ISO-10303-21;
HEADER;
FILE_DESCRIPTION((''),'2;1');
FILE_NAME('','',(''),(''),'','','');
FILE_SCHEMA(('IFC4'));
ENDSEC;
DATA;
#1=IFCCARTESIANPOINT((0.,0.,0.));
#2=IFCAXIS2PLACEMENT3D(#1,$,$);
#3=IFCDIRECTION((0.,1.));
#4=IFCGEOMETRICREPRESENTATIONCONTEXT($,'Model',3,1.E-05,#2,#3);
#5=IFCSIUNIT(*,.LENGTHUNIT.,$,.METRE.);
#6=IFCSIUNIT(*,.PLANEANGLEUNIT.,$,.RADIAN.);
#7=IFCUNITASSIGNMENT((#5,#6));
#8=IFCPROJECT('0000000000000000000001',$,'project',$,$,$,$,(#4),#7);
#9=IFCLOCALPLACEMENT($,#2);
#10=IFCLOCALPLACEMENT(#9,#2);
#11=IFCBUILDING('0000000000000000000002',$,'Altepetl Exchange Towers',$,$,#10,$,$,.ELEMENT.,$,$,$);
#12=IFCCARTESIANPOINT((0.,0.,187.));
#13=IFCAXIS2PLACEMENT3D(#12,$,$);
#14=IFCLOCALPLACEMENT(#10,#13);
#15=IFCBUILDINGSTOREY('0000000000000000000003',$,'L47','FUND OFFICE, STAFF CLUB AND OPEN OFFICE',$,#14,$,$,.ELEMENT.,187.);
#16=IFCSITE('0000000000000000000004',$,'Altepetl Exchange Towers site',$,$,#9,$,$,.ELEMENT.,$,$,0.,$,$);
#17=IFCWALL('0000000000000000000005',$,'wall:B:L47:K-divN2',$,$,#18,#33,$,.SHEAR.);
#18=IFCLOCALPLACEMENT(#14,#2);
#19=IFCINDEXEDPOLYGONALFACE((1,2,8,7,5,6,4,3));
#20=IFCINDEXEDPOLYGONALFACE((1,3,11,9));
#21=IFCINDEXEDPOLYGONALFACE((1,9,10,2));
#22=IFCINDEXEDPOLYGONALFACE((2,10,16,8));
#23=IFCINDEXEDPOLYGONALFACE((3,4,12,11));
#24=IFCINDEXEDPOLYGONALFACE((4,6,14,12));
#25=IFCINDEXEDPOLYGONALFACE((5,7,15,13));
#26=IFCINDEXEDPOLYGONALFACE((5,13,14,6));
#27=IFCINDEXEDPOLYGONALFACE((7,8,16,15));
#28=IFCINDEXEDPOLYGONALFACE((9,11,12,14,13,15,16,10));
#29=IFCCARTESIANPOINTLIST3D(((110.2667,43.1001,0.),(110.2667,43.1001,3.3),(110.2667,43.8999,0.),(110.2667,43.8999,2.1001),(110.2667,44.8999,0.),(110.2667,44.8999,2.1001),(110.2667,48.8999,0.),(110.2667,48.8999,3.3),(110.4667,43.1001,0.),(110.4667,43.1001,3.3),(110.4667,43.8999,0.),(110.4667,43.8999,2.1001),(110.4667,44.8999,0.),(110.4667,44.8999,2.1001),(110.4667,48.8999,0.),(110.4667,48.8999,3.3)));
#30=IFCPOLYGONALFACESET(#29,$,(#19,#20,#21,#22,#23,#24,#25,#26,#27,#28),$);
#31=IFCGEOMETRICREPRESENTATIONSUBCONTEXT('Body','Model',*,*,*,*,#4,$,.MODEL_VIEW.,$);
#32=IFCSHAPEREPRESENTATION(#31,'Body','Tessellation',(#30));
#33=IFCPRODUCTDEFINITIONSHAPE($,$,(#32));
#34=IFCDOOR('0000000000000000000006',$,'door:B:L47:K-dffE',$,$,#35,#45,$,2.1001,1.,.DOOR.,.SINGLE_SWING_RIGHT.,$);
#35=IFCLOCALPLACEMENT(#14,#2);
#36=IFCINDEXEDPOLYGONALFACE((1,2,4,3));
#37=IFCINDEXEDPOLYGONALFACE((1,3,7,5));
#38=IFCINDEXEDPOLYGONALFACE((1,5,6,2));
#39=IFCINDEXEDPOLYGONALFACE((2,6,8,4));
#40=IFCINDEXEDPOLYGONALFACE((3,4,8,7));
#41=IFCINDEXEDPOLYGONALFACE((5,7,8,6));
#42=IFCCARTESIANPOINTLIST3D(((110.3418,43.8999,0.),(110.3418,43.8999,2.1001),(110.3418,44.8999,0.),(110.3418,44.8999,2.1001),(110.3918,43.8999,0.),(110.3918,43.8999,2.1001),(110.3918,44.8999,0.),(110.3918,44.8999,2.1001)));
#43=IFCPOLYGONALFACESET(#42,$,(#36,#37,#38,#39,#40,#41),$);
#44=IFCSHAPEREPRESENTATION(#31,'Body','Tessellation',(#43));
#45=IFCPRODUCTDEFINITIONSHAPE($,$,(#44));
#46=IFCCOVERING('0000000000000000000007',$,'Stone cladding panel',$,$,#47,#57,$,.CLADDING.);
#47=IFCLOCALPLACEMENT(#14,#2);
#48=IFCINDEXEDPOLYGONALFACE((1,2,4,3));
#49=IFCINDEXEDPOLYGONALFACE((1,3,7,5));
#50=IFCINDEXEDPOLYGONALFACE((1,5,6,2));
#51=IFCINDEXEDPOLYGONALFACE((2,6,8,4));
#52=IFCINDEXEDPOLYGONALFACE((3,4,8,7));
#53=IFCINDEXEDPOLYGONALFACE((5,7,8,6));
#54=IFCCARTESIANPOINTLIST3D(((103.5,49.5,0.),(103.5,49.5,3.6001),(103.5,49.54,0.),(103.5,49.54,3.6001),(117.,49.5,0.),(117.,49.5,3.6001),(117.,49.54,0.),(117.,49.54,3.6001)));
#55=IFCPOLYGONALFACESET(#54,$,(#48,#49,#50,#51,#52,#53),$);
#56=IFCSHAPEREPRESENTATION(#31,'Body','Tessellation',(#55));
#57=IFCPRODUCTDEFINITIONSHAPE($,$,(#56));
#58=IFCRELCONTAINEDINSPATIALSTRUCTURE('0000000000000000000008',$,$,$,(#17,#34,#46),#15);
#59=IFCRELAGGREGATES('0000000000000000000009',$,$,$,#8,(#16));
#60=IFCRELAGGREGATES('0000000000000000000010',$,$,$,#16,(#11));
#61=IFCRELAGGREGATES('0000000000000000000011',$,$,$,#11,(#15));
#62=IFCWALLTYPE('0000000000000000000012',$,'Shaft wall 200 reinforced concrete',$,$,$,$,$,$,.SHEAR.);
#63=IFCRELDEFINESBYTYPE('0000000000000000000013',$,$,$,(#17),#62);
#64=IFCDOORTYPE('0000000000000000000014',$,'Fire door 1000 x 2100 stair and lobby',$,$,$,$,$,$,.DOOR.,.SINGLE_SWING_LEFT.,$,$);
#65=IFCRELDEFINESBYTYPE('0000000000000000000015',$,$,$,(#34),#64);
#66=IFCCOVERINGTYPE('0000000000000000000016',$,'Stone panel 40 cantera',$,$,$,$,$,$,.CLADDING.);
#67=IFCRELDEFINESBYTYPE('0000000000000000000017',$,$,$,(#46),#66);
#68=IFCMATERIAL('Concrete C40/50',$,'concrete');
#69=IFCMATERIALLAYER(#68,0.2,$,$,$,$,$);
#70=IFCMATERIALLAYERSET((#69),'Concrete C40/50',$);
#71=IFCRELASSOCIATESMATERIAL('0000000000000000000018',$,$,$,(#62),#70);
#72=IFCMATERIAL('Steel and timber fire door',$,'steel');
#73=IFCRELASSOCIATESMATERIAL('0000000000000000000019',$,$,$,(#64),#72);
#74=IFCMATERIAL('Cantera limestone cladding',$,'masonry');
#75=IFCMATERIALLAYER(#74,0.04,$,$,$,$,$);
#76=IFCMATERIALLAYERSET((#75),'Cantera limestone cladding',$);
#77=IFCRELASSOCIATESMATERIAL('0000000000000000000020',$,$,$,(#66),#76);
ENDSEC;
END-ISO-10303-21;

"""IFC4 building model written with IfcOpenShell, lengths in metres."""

from ifc_helpers import new_model, si_unit, direction, frame, frame_2d, origin, origin_2d, place, context, subcontext, project, spatial, rectangle, extrude, material, layer, layer_set, type_object, element, fill, save


model = new_model("IFC4")

# Units and contexts
model_context = context("Model", 3, precision=1e-05, world=origin(), true_north=direction((0.0, 1.0)))
body_context = subcontext(model_context, "Body", "Model", "MODEL_VIEW")
ifc_project = project(units=[si_unit("LENGTHUNIT", "METRE"), si_unit("PLANEANGLEUNIT", "RADIAN")], contexts=[model_context])

# Site, building, storey
site_placement = place(None, origin())
site = spatial("IfcSite", under=ifc_project, at=site_placement, Name="Altepetl Exchange Towers site", CompositionType="ELEMENT", RefElevation=0.0)
building_placement = place(site_placement, origin())
building = spatial("IfcBuilding", under=site, at=building_placement, Name="Altepetl Exchange Towers", CompositionType="ELEMENT")
storey_placement = place(building_placement, frame((0.0, 0.0, 187.0)))
storey = spatial("IfcBuildingStorey", under=building, at=storey_placement, Name="L47", Description="FUND OFFICE, STAFF CLUB AND OPEN OFFICE", CompositionType="ELEMENT", Elevation=187.0)

# Shared definitions
ifc_material_1 = material(Name="Concrete C40/50", Category="concrete")
ifc_layer_1 = layer(ifc_material_1, 0.2)
ifc_layer_set_1 = layer_set([ifc_layer_1], Name="Concrete C40/50")
wall_type_1 = type_object("IfcWallType", Name="Shaft wall 200 reinforced concrete", PredefinedType="SHEAR", material=ifc_layer_set_1)

# Wall, opening, door
wall_1_placement = place(storey_placement, frame((110.3667, 48.8999, 0.0), z_axis=(0.0, 0.0, 1.0), x_axis=(0.0, -1.0, 0.0)))
wall_1 = element("IfcWall", 1, at=wall_1_placement, inside=storey, type_object=wall_type_1, Name="wall:B:L47:K-divN2", PredefinedType="SHEAR", context=body_context, shape_type="SweptSolid", body=[
    extrude(rectangle(XDim=5.7998, YDim=0.2, at=frame_2d((2.8999, 0.0))), origin(), (0.0, 0.0, 1.0), 3.3),
])
opening_placement = place(wall_1_placement, frame((4.0, 0.0, 0.0)))
opening = element("IfcOpeningElement", 2, at=opening_placement, cuts=wall_1, PredefinedType="OPENING", context=body_context, shape_type="SweptSolid", body=[
    extrude(rectangle(XDim=1.0, YDim=2.1001, at=frame_2d((0.5, 1.05))), frame((0.0, 0.1099, 0.0), z_axis=(0.0, -1.0, 0.0), x_axis=(1.0, 0.0, 0.0)), (0.0, 0.0, 1.0), 0.22),
])
ifc_material_2 = material(Name="Steel and timber fire door", Category="steel")
door_type = type_object("IfcDoorType", Name="Fire door 1000 x 2100 stair and lobby", OperationType="SINGLE_SWING_LEFT", PredefinedType="DOOR", material=ifc_material_2)
door_placement = place(opening_placement, frame((1.0, 0.0, 0.0), x_axis=(-1.0, 0.0, 0.0)))
door = element("IfcDoor", 3, at=door_placement, inside=storey, type_object=door_type, Name="door:B:L47:K-dffE", OperationType="SINGLE_SWING_RIGHT", OverallHeight=2.1001, OverallWidth=1.0, PredefinedType="DOOR", context=body_context, shape_type="SweptSolid", body=[
    extrude(rectangle(XDim=1.0, YDim=2.1001, at=frame_2d((0.5, 1.05))), frame((0.0, 0.0249, 0.0), z_axis=(0.0, -1.0, 0.0), x_axis=(1.0, 0.0, 0.0)), (0.0, 0.0, 1.0), 0.05),
])
fill(opening, door)

# Covering
ifc_material_3 = material(Name="Cantera limestone cladding", Category="masonry")
ifc_layer_2 = layer(ifc_material_3, 0.04)
ifc_layer_set_2 = layer_set([ifc_layer_2], Name="Cantera limestone cladding")
covering_type = type_object("IfcCoveringType", Name="Stone panel 40 cantera", PredefinedType="CLADDING", material=ifc_layer_set_2)
covering_placement = place(storey_placement, frame((110.25, 49.52, 0.0), z_axis=(0.0, 0.0, 1.0), x_axis=(-1.0, 0.0, 0.0)))
element("IfcCovering", 4, at=covering_placement, inside=storey, type_object=covering_type, Name="Stone cladding panel", PredefinedType="CLADDING", context=body_context, shape_type="SweptSolid", body=[
    extrude(rectangle(XDim=13.5, YDim=0.04, at=origin_2d()), origin(), (0.0, 0.0, 1.0), 3.6001),
])

save(model, "model.ifc")
